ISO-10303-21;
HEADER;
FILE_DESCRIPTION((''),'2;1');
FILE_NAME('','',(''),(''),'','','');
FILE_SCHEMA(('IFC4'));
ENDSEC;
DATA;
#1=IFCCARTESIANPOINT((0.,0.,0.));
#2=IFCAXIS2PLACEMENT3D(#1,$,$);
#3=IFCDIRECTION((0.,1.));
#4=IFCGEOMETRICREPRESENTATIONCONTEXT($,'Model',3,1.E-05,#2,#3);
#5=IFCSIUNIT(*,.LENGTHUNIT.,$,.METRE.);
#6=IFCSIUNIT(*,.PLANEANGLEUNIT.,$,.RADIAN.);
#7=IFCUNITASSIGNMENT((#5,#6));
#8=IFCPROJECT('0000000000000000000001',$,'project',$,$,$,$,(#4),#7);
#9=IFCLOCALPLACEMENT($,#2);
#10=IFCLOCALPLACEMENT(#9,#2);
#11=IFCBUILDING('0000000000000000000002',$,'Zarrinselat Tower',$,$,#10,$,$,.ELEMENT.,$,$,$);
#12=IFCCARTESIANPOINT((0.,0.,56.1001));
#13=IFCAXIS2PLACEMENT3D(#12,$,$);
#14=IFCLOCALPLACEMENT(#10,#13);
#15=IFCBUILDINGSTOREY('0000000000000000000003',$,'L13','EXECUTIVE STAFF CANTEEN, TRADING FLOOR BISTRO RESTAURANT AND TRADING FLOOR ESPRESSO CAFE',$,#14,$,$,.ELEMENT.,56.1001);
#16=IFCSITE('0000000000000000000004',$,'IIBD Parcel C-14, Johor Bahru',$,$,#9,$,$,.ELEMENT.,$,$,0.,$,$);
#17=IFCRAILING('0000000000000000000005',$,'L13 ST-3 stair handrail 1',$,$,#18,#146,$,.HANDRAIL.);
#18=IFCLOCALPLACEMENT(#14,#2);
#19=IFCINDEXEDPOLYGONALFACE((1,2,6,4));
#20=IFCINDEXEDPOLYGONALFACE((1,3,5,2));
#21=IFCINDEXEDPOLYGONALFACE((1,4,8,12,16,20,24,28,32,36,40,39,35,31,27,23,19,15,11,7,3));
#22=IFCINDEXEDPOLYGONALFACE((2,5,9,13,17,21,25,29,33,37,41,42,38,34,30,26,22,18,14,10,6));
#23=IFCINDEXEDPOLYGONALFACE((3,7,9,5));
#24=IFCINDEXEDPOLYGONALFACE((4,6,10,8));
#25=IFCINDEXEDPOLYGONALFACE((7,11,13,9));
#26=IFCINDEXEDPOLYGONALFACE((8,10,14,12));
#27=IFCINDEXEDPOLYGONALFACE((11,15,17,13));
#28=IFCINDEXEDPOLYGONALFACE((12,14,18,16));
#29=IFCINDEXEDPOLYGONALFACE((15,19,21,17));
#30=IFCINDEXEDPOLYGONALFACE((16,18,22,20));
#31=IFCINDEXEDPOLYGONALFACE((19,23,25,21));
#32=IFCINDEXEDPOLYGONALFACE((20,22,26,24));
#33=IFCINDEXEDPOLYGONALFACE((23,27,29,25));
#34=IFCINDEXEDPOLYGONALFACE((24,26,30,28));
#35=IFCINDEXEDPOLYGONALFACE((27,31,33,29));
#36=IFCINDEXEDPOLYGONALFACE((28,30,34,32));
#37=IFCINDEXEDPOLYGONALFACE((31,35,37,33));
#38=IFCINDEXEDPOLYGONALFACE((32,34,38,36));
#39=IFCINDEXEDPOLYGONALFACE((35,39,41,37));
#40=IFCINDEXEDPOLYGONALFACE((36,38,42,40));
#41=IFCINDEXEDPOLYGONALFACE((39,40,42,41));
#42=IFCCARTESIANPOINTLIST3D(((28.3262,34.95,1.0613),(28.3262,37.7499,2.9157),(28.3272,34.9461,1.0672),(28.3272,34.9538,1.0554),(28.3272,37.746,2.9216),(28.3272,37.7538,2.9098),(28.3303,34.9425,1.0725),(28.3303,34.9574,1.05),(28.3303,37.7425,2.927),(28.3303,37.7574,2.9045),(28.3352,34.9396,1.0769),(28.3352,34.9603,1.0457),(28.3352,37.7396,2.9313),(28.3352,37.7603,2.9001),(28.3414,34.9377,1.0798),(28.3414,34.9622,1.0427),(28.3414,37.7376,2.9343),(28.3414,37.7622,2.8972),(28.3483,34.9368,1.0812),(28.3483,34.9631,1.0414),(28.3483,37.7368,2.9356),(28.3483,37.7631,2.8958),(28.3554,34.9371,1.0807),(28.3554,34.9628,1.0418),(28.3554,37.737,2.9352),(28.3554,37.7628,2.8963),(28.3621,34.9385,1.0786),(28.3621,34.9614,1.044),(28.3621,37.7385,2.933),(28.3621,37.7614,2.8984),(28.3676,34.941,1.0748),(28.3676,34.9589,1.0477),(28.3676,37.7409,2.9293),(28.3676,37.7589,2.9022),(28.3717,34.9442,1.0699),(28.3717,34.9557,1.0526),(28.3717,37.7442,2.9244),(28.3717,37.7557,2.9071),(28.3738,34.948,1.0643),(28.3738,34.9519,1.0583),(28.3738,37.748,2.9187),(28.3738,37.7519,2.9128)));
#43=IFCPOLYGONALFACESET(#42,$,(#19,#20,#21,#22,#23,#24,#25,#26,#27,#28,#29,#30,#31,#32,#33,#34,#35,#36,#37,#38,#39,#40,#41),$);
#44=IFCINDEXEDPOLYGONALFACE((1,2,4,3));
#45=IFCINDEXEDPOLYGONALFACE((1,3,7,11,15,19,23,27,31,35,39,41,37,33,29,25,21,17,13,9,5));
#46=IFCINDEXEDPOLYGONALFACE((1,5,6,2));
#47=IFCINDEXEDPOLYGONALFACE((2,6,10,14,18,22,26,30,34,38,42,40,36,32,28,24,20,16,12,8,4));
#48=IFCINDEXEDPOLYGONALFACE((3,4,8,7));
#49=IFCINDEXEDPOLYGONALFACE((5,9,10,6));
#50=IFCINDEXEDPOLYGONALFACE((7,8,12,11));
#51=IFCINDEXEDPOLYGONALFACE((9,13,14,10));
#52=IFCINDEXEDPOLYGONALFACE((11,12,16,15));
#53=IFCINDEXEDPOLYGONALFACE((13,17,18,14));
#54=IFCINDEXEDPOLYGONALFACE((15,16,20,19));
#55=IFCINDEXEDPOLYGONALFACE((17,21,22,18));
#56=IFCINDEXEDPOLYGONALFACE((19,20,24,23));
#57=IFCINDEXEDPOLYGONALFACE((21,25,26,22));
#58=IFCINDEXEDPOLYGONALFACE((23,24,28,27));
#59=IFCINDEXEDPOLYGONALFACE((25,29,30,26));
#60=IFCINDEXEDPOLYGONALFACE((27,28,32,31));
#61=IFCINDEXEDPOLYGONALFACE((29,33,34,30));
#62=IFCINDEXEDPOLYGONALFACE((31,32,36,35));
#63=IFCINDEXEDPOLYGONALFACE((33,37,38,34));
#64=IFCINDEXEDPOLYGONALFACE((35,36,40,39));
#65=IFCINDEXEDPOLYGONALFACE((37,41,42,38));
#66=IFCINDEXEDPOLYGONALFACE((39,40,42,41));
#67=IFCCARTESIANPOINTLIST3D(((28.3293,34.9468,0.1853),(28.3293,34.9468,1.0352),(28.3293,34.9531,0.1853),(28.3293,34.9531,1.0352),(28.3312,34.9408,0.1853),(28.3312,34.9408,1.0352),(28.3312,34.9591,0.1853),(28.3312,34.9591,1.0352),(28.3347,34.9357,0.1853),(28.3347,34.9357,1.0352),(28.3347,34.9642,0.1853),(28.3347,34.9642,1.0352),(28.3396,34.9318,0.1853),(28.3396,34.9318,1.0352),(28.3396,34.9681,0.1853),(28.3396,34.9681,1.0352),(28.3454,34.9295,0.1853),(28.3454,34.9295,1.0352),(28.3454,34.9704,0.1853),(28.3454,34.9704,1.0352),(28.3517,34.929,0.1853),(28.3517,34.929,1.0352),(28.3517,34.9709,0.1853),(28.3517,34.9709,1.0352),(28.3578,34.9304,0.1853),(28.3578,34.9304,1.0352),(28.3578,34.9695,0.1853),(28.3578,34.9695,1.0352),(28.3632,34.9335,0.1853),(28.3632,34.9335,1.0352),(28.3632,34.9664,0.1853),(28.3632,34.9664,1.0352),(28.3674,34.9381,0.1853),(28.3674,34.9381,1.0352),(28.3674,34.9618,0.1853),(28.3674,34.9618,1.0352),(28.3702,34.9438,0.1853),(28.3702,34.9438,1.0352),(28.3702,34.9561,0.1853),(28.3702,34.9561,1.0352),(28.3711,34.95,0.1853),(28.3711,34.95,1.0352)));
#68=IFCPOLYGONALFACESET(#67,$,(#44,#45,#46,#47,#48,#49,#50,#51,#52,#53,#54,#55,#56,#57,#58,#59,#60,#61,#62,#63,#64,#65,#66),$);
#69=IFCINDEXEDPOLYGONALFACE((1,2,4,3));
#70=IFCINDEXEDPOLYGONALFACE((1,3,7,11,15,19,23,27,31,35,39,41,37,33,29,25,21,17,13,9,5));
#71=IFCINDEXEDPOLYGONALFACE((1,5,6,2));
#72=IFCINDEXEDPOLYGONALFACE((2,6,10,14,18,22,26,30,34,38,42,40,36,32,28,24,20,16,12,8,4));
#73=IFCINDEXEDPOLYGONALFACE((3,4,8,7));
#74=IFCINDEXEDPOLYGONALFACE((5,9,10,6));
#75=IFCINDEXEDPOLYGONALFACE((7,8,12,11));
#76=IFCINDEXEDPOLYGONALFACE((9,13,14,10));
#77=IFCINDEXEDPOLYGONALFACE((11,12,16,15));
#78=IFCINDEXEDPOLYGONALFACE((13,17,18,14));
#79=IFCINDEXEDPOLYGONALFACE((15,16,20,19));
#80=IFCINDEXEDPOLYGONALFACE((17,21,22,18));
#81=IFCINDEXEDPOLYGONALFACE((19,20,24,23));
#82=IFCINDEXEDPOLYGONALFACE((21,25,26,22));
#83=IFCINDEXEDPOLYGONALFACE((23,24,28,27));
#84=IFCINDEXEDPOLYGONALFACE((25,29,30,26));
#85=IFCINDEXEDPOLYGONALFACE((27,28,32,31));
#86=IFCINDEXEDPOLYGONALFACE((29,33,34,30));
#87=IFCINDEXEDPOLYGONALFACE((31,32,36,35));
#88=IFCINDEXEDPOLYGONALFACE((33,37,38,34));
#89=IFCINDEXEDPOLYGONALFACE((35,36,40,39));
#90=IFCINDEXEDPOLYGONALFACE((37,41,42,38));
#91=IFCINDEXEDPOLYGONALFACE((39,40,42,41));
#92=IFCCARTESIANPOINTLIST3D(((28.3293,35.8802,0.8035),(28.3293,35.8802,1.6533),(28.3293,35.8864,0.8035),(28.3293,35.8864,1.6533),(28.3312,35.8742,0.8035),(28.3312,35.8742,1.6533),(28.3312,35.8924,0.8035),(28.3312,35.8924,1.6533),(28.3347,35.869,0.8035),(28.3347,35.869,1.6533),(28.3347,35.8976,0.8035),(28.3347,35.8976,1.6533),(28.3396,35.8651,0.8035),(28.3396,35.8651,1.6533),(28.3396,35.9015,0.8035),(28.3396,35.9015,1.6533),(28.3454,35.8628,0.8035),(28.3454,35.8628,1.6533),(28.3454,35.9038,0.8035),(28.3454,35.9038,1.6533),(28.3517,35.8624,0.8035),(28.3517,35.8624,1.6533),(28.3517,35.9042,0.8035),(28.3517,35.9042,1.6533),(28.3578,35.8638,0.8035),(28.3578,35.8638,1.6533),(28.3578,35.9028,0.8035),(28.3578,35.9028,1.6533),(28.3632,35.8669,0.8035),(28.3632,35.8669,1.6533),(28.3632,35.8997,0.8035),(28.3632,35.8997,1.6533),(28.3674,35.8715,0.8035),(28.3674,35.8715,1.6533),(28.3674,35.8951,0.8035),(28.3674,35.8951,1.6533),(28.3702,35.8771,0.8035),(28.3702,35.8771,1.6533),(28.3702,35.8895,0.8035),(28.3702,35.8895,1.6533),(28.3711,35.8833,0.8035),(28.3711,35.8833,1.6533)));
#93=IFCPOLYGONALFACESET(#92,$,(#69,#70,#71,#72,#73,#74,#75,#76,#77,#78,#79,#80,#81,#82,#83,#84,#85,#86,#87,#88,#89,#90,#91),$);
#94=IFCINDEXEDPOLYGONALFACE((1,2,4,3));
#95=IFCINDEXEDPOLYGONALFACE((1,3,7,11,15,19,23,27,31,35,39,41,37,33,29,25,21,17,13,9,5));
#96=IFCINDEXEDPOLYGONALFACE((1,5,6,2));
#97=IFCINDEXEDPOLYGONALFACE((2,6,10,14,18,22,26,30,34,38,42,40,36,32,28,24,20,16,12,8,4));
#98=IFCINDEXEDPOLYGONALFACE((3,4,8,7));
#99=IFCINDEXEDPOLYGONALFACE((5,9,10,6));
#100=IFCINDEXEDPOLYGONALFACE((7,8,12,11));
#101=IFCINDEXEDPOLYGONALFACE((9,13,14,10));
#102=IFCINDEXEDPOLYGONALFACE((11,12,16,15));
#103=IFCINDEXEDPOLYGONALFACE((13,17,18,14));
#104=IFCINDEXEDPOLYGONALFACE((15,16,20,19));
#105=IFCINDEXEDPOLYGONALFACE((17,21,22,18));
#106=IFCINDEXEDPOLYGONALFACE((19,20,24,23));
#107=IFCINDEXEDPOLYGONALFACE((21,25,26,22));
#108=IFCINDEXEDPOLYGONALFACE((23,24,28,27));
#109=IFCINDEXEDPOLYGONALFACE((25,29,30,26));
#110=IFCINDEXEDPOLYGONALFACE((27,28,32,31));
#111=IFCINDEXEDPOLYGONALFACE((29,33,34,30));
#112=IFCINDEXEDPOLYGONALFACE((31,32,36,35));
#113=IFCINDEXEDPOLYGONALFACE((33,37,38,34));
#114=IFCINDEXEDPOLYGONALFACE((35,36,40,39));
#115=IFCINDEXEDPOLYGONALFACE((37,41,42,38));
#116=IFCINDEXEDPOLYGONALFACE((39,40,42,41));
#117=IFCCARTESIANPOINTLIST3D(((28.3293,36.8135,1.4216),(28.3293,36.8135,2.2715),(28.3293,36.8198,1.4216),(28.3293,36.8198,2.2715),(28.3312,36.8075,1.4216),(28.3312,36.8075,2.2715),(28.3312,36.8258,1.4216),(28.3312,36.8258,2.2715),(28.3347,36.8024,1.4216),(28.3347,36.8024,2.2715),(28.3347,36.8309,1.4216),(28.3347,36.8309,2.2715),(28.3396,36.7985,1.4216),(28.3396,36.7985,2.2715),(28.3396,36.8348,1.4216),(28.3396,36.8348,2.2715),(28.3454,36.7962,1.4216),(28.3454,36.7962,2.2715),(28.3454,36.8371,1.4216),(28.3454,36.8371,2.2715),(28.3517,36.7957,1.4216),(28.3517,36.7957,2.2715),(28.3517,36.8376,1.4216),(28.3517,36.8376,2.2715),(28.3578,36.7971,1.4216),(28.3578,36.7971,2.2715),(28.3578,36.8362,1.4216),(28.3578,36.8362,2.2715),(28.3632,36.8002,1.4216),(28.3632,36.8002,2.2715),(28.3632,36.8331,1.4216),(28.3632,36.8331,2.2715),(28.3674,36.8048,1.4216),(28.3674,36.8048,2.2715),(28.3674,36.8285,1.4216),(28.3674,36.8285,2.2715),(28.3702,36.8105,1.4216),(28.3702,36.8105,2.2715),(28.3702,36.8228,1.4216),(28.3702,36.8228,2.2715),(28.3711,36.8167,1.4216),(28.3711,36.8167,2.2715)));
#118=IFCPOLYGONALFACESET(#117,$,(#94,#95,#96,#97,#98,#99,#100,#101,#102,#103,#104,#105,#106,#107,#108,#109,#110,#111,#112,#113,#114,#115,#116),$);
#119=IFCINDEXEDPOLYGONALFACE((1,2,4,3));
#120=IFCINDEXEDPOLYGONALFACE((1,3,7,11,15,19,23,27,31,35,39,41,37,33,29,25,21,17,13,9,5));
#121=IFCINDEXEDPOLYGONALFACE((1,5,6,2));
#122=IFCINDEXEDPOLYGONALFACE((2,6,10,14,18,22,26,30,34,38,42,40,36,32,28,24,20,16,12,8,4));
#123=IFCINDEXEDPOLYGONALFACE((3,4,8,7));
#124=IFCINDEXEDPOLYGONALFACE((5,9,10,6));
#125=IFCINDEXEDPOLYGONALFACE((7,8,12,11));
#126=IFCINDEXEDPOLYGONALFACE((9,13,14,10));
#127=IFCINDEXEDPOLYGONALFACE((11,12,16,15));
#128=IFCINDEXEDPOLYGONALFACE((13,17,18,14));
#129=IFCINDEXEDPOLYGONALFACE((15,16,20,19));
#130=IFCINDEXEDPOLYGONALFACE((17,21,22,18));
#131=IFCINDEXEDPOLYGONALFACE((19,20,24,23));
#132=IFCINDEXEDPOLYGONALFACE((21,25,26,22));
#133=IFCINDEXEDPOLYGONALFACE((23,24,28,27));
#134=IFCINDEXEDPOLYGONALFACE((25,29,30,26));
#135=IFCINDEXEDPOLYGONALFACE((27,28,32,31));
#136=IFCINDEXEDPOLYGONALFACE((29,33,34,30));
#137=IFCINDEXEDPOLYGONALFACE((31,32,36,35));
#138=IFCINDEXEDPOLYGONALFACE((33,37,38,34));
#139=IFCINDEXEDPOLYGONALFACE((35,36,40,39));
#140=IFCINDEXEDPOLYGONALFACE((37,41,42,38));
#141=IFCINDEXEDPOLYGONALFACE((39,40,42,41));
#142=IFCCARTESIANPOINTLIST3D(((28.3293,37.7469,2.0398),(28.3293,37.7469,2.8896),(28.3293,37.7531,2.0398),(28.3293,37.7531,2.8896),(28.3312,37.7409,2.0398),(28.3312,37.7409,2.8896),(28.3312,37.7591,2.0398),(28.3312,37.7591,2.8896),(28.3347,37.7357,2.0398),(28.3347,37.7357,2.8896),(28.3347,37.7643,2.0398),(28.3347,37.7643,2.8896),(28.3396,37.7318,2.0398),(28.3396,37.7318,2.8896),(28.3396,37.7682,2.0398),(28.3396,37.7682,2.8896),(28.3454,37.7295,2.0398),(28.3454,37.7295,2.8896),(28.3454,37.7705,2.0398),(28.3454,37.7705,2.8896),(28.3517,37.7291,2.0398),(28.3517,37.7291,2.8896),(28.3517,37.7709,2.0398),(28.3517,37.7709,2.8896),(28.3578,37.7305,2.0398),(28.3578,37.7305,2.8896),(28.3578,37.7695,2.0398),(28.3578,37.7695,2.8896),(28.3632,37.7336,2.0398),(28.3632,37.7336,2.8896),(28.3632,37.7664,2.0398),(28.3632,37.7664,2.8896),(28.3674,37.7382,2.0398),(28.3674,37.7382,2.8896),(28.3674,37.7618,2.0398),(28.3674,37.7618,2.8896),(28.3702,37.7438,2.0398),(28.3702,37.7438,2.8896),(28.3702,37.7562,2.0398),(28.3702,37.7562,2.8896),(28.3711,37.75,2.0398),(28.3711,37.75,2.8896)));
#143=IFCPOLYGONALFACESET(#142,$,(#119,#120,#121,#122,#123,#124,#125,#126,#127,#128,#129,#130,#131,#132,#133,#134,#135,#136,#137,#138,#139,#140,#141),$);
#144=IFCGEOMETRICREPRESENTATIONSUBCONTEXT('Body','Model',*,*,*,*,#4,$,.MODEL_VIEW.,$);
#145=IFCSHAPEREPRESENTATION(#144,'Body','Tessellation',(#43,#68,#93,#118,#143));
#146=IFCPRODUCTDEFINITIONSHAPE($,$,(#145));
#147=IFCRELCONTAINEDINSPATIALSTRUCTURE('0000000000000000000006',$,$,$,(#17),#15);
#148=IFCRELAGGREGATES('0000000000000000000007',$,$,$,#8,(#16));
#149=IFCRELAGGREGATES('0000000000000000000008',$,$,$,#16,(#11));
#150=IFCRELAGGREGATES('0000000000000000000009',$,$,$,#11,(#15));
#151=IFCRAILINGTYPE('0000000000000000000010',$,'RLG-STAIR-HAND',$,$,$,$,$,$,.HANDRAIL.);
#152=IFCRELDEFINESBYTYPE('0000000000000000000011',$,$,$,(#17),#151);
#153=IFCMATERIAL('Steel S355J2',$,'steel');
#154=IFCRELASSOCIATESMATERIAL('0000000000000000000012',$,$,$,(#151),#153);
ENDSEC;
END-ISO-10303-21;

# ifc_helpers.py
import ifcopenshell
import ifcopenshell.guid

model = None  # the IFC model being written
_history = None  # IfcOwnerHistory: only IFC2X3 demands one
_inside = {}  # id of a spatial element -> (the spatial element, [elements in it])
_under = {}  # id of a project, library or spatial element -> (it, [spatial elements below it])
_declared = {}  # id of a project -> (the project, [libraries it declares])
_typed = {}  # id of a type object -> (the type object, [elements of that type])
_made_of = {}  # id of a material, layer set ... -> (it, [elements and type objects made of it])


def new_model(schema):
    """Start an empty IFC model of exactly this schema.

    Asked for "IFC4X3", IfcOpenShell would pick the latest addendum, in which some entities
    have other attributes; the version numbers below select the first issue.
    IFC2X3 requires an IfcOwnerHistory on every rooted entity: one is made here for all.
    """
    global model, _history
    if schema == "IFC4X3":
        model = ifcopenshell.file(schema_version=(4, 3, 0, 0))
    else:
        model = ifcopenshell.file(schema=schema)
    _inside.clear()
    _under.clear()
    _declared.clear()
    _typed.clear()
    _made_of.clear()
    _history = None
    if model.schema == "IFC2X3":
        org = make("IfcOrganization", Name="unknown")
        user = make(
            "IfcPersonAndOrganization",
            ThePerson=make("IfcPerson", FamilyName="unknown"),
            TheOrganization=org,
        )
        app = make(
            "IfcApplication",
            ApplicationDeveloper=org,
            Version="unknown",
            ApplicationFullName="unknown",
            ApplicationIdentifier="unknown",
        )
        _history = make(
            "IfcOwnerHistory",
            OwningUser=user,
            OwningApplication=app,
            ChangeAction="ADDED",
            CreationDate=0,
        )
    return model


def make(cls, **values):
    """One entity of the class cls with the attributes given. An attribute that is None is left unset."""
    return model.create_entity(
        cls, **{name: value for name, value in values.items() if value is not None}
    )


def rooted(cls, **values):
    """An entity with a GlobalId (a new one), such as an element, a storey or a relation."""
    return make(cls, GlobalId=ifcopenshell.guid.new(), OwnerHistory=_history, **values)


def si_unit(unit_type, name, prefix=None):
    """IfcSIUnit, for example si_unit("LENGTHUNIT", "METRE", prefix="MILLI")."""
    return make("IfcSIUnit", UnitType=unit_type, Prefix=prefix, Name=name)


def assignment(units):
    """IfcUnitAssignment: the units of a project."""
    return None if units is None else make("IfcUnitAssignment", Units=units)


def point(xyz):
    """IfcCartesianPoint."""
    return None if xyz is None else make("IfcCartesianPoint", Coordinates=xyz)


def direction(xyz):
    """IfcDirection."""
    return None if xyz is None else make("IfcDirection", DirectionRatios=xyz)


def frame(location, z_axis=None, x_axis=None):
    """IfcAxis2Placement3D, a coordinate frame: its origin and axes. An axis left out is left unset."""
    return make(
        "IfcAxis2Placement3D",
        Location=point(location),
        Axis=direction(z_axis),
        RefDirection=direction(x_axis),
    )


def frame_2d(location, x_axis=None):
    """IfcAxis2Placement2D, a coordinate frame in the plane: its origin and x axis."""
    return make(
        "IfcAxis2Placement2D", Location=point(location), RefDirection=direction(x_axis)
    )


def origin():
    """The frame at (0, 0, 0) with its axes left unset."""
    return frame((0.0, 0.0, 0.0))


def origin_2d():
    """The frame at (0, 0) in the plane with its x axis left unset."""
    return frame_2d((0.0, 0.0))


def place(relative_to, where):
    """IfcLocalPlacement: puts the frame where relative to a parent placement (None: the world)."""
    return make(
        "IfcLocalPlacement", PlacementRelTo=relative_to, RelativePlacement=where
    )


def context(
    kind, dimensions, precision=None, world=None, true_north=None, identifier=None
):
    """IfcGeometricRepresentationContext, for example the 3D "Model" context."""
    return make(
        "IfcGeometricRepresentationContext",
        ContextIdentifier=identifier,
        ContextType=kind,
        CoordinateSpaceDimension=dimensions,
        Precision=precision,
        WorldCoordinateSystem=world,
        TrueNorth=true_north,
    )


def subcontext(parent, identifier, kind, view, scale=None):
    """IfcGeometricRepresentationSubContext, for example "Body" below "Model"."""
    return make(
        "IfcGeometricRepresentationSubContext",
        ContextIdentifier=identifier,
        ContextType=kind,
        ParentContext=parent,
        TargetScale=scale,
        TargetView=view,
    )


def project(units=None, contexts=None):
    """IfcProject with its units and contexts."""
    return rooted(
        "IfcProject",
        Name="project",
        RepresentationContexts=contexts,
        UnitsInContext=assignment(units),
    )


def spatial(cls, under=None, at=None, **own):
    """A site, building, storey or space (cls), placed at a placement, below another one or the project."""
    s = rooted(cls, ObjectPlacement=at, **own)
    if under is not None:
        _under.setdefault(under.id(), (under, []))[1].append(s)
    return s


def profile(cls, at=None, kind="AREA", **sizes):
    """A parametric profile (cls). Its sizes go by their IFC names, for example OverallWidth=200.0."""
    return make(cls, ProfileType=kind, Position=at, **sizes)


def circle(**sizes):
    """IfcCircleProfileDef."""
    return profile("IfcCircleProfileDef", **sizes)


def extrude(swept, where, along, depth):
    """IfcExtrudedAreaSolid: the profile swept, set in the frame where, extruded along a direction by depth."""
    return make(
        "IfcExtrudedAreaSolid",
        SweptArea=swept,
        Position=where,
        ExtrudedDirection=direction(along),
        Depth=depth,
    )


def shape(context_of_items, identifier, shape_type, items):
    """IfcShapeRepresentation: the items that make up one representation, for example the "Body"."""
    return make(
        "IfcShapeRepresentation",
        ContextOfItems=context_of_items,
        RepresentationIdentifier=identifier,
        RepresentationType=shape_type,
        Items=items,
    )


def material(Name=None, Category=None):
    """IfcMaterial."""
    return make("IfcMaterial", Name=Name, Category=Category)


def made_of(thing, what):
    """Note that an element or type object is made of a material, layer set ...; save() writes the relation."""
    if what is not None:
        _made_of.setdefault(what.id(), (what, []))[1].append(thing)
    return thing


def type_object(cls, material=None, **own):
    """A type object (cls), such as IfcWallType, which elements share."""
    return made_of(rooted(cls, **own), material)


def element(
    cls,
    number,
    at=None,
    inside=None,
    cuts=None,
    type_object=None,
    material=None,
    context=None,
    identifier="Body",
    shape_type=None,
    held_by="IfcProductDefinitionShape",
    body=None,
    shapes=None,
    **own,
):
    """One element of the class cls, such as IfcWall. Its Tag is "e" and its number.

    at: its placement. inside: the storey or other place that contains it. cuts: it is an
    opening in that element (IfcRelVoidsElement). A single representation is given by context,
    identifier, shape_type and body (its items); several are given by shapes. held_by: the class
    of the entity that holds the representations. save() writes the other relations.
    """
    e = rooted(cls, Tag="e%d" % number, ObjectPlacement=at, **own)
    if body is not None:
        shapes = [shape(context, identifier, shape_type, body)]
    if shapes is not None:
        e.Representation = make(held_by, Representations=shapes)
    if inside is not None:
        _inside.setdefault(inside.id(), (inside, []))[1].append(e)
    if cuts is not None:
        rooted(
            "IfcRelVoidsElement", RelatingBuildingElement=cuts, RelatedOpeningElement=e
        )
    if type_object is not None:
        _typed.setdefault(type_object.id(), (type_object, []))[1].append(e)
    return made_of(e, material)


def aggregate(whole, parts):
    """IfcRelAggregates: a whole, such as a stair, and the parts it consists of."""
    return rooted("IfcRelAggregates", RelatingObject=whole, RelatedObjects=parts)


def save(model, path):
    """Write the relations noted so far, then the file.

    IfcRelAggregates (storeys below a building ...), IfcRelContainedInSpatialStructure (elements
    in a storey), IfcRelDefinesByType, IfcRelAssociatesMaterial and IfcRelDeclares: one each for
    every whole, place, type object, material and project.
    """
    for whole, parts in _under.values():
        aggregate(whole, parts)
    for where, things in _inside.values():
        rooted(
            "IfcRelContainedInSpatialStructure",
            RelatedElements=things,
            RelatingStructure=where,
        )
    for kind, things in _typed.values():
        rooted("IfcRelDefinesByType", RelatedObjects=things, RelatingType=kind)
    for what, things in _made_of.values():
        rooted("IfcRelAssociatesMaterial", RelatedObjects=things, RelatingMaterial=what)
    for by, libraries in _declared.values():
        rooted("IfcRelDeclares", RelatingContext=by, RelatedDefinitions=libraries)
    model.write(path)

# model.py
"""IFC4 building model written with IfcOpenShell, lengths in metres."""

from ifc_helpers import new_model, si_unit, direction, frame, origin, origin_2d, place, context, subcontext, project, spatial, circle, extrude, material, type_object, element, save


model = new_model("IFC4")

# Units and contexts
model_context = context("Model", 3, precision=1e-05, world=origin(), true_north=direction((0.0, 1.0)))
body_context = subcontext(model_context, "Body", "Model", "MODEL_VIEW")
ifc_project = project(units=[si_unit("LENGTHUNIT", "METRE"), si_unit("PLANEANGLEUNIT", "RADIAN")], contexts=[model_context])

# Site, building, storey
site_placement = place(None, origin())
site = spatial("IfcSite", under=ifc_project, at=site_placement, Name="IIBD Parcel C-14, Johor Bahru", CompositionType="ELEMENT", RefElevation=0.0)
building_placement = place(site_placement, origin())
building = spatial("IfcBuilding", under=site, at=building_placement, Name="Zarrinselat Tower", CompositionType="ELEMENT")
storey_placement = place(building_placement, frame((0.0, 0.0, 56.1001)))
storey = spatial("IfcBuildingStorey", under=building, at=storey_placement, Name="L13", Description="EXECUTIVE STAFF CANTEEN, TRADING FLOOR BISTRO RESTAURANT AND TRADING FLOOR ESPRESSO CAFE", CompositionType="ELEMENT", Elevation=56.1001)

# Railing
ifc_material_1 = material(Name="Steel S355J2", Category="steel")
railing_type_1 = type_object("IfcRailingType", Name="RLG-STAIR-HAND", PredefinedType="HANDRAIL", material=ifc_material_1)
railing_1_placement = place(storey_placement, frame((28.3501, 34.95, 0.1853)))
element("IfcRailing", 1, at=railing_1_placement, inside=storey, type_object=railing_type_1, Name="L13 ST-3 stair handrail 1", PredefinedType="HANDRAIL", context=body_context, shape_type="SweptSolid", body=[
    extrude(circle(Radius=0.0239, at=origin_2d()), frame((0.0, 0.0, 0.876), z_axis=(0.0, 0.833724, 0.552181), x_axis=(-1.0, 0.0, 0.0)), (0.0, 0.0, 1.0), 3.3584),
    extrude(circle(Radius=0.021, at=origin_2d()), origin(), (0.0, 0.0, 1.0), 0.8499),
    extrude(circle(Radius=0.021, at=origin_2d()), frame((0.0, 0.9333, 0.6182)), (0.0, 0.0, 1.0), 0.8499),
    extrude(circle(Radius=0.021, at=origin_2d()), frame((0.0, 1.8667, 1.2363)), (0.0, 0.0, 1.0), 0.8499),
    extrude(circle(Radius=0.021, at=origin_2d()), frame((0.0, 2.8, 1.8545)), (0.0, 0.0, 1.0), 0.8499),
])

save(model, "model.ifc")
